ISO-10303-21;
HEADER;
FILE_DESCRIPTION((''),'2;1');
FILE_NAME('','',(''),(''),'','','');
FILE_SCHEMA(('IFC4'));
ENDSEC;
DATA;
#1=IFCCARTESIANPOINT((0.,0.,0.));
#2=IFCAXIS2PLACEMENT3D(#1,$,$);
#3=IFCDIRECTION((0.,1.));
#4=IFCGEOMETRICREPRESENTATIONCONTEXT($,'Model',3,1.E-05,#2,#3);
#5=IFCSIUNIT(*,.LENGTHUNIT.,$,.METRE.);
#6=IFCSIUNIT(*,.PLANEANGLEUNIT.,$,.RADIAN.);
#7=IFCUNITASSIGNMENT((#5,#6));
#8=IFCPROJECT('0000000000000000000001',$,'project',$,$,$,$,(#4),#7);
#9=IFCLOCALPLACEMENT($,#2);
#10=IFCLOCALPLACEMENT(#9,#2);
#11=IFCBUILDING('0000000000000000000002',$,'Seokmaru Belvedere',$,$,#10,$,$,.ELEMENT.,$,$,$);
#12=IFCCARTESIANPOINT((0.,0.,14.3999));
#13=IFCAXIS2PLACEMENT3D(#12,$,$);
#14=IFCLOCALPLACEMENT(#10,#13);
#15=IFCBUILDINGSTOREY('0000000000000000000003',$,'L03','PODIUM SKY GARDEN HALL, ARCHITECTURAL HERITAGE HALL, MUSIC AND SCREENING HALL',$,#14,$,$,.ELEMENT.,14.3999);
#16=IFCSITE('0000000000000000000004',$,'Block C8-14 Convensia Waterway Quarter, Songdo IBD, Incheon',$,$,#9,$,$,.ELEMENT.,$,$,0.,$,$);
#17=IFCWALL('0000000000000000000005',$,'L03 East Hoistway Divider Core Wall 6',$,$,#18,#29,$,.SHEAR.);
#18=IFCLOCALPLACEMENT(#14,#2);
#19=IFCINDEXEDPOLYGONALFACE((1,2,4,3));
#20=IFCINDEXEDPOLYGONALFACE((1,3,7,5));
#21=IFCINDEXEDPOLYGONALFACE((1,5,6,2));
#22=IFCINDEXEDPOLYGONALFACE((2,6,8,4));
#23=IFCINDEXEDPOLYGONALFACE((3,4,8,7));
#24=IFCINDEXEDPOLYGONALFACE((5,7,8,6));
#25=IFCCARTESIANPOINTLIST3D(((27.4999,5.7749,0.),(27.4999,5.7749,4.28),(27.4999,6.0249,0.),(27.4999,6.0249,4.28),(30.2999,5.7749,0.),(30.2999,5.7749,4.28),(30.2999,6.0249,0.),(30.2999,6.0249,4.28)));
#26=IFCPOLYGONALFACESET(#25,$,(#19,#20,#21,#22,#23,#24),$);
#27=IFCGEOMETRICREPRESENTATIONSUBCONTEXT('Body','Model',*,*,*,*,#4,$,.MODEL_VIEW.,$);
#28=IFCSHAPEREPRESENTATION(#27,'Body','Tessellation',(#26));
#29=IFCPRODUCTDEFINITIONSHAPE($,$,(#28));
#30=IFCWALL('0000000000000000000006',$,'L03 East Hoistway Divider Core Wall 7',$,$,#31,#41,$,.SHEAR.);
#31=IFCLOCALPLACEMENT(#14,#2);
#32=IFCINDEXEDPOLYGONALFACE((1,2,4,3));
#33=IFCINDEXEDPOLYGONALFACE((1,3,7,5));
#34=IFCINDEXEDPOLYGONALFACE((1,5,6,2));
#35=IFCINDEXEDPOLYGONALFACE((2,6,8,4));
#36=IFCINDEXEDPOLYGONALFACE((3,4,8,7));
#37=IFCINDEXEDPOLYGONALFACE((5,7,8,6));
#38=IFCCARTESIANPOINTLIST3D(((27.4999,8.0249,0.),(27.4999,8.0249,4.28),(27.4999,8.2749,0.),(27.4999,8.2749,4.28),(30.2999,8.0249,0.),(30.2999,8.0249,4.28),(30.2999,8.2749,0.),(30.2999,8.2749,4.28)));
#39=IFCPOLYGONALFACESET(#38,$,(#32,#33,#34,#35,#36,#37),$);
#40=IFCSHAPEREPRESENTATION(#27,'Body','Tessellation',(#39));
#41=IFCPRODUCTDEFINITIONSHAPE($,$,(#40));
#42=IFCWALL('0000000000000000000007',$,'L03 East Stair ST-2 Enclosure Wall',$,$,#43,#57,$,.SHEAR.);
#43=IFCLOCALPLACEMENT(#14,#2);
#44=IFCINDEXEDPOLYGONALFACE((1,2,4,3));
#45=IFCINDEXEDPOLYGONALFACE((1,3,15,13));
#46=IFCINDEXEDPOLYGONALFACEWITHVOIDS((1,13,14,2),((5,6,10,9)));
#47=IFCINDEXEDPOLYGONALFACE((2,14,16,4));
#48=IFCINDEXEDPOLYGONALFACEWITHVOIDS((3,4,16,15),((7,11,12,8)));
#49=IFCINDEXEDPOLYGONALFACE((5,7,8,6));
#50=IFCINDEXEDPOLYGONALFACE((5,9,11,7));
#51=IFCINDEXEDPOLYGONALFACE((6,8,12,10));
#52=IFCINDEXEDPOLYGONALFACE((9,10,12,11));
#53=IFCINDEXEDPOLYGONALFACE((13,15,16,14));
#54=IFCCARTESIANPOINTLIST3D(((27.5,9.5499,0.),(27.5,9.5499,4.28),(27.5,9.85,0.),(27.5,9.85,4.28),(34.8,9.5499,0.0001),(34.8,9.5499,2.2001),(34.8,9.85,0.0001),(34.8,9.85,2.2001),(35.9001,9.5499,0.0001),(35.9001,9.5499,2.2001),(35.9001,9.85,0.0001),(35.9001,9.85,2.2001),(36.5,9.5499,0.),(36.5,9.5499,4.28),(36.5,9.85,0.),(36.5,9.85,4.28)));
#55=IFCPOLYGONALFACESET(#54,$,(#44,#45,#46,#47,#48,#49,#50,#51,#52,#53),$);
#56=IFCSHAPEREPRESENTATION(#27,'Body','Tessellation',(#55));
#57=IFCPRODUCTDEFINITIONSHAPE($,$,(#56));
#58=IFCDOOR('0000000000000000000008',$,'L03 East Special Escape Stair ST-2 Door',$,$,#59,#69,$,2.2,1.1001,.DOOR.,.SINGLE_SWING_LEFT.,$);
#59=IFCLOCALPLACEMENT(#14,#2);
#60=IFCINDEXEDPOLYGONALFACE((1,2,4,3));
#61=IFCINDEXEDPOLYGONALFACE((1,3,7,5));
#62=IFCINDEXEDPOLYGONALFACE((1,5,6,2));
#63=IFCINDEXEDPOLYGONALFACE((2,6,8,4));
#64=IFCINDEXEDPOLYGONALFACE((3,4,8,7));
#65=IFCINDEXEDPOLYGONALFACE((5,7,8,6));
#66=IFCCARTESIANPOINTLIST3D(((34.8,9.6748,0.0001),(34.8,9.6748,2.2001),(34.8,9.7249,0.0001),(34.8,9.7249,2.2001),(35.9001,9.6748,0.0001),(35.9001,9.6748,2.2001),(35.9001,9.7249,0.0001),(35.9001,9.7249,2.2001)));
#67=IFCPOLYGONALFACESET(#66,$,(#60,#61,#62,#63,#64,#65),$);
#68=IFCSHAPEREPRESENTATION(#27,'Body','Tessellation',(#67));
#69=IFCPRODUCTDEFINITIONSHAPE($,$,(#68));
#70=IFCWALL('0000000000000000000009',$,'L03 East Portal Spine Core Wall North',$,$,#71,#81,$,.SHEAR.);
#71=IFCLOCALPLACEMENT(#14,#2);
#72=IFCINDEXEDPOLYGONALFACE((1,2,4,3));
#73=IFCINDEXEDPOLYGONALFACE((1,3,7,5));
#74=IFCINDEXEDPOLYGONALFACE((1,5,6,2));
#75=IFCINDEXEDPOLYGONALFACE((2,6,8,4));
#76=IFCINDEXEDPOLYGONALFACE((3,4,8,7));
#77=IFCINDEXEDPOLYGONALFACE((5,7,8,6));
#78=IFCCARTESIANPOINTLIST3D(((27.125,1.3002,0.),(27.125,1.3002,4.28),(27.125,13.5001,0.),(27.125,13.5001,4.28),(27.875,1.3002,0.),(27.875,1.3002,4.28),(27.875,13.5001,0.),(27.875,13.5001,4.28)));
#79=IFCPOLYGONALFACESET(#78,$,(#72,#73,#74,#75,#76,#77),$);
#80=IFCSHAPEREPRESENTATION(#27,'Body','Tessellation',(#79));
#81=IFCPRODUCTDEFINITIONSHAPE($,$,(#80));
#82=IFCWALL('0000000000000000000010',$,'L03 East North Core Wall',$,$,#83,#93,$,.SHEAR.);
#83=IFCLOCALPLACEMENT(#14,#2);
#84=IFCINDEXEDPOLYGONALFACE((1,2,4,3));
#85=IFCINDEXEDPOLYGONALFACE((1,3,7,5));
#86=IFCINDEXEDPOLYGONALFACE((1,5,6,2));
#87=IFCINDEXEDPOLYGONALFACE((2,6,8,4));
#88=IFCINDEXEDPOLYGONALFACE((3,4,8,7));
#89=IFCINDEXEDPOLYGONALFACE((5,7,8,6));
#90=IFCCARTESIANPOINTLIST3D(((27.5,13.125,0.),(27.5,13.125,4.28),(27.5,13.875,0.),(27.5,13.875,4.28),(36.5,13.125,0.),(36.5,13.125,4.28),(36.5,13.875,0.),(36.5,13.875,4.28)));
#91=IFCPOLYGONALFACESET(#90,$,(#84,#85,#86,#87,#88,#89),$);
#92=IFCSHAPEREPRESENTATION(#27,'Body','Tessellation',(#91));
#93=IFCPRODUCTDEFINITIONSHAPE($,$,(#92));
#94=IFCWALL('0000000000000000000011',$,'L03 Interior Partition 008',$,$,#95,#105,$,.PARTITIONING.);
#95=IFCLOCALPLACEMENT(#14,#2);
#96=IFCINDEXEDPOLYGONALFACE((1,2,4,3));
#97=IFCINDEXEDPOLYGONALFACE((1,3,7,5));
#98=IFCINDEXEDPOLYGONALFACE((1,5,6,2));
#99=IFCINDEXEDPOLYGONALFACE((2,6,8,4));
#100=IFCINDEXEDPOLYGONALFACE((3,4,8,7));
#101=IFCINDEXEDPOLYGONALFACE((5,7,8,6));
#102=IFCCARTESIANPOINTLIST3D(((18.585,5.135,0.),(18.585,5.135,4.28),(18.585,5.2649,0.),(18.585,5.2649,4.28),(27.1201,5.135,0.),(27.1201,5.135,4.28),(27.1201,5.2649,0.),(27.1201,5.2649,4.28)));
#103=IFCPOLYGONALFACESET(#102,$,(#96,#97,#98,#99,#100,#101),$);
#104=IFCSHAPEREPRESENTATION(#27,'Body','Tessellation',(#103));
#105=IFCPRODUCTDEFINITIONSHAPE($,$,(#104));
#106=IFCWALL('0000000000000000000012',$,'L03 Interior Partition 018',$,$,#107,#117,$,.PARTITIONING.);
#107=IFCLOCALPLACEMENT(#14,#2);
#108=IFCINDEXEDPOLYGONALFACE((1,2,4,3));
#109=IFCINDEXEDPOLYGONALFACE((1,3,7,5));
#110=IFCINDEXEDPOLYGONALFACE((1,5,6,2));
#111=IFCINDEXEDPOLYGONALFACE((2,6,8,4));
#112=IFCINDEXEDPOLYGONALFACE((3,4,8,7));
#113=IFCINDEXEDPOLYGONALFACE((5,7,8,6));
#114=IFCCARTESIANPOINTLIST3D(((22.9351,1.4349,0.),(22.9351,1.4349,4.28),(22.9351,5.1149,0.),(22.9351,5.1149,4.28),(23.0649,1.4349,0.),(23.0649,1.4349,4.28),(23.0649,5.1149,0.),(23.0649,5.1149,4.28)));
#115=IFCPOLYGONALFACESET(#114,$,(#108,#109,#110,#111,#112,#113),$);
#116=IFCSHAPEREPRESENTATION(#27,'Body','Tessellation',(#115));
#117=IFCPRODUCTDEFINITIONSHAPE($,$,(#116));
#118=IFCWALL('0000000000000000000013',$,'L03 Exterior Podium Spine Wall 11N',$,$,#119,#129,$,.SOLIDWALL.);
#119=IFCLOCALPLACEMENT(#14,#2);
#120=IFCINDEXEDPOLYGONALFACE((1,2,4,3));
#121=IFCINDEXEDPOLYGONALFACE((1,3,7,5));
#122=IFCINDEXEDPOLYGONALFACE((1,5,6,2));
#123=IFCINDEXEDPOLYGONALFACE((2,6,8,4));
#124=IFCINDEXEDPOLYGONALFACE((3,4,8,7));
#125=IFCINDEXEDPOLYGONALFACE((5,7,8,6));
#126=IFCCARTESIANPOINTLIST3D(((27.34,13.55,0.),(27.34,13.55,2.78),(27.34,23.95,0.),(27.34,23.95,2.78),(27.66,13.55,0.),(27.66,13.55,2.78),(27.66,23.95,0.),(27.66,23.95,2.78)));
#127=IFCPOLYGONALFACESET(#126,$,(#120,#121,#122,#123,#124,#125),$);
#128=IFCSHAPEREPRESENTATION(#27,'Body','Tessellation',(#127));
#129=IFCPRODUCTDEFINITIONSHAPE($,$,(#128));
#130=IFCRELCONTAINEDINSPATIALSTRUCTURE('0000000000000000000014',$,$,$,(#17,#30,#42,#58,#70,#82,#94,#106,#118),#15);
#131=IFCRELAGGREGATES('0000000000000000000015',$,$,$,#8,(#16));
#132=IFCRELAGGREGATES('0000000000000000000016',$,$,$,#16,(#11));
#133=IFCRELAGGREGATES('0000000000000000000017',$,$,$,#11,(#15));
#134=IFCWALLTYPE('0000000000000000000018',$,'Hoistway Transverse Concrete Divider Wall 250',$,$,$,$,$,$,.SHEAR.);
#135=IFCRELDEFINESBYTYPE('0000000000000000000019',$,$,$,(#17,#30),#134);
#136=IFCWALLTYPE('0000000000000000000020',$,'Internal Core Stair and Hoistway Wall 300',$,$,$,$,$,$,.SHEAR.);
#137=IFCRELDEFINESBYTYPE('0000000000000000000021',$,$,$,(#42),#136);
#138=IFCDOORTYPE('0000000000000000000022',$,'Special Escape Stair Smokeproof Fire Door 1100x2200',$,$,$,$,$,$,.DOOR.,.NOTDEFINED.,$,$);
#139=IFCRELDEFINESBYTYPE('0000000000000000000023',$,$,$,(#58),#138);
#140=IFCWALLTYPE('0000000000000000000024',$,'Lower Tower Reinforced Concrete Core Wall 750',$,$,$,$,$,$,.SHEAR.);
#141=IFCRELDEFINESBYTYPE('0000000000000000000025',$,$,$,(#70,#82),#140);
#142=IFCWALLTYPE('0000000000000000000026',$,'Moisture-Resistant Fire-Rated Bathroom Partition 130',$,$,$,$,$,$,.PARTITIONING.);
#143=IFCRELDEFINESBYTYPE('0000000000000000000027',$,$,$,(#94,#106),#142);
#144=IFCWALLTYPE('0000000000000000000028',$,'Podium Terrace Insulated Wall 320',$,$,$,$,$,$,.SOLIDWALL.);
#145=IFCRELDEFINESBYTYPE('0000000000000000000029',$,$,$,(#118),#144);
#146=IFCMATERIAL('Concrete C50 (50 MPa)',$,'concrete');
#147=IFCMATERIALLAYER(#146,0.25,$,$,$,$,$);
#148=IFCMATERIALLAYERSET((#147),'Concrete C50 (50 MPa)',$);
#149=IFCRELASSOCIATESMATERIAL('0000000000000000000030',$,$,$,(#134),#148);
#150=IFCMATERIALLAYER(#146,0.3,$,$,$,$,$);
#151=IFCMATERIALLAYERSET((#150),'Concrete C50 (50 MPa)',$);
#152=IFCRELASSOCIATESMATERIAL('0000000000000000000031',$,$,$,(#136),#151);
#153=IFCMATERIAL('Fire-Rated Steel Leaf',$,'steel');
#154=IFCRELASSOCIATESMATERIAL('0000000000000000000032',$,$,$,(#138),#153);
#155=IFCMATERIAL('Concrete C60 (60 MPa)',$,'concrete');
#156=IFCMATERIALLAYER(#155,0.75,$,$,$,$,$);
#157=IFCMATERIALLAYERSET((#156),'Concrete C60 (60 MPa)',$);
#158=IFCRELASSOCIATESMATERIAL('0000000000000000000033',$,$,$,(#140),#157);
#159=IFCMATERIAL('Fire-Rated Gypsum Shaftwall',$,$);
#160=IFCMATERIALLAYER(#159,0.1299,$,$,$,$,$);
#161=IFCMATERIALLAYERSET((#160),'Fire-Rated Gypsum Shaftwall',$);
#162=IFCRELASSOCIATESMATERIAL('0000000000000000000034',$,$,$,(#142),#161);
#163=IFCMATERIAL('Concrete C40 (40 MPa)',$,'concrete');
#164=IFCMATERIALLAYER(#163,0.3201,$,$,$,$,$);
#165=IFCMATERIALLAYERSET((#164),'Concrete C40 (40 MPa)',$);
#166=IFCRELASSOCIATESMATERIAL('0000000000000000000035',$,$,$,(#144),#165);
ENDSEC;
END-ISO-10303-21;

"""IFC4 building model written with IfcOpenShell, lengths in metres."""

from ifc_helpers import new_model, si_unit, direction, frame, frame_2d, origin, place, context, subcontext, project, spatial, rectangle, extrude, source, transform, mapped, material, layer, layer_set, type_object, type_shapes, element, fill, save


model = new_model("IFC4")

# Units and contexts
model_context = context("Model", 3, precision=1e-05, world=origin(), true_north=direction((0.0, 1.0)))
body_context = subcontext(model_context, "Body", "Model", "MODEL_VIEW")
ifc_project = project(units=[si_unit("LENGTHUNIT", "METRE"), si_unit("PLANEANGLEUNIT", "RADIAN")], contexts=[model_context])

# Site, building, storey
site_placement = place(None, origin())
site = spatial("IfcSite", under=ifc_project, at=site_placement, Name="Block C8-14 Convensia Waterway Quarter, Songdo IBD, Incheon", CompositionType="ELEMENT", RefElevation=0.0)
building_placement = place(site_placement, origin())
building = spatial("IfcBuilding", under=site, at=building_placement, Name="Seokmaru Belvedere", CompositionType="ELEMENT")
storey_placement = place(building_placement, frame((0.0, 0.0, 14.3999)))
storey = spatial("IfcBuildingStorey", under=building, at=storey_placement, Name="L03", Description="PODIUM SKY GARDEN HALL, ARCHITECTURAL HERITAGE HALL, MUSIC AND SCREENING HALL", CompositionType="ELEMENT", Elevation=14.3999)

# Walls
ifc_material_1 = material(Name="Concrete C50 (50 MPa)", Category="concrete")
ifc_layer_1 = layer(ifc_material_1, 0.25)
ifc_layer_set_1 = layer_set([ifc_layer_1], Name="Concrete C50 (50 MPa)")
wall_type_1 = type_object("IfcWallType", Name="Hoistway Transverse Concrete Divider Wall 250", PredefinedType="SHEAR", material=ifc_layer_set_1)
for number, where, z_axis, x_axis, name in (
    (1, (27.5, 5.8999, 0.0), (0.0, 0.0, 1.0), (1.0, 0.0, 0.0), "L03 East Hoistway Divider Core Wall 6"),
    (2, (27.5, 8.1499, 0.0), (0.0, 0.0, 1.0), (1.0, 0.0, 0.0), "L03 East Hoistway Divider Core Wall 7"),
):
    element("IfcWall", number, at=place(storey_placement, frame(where, z_axis=z_axis, x_axis=x_axis)), inside=storey, type_object=wall_type_1, Name=name, PredefinedType="SHEAR", context=body_context, shape_type="SweptSolid", body=[
        extrude(rectangle(XDim=2.8, YDim=0.25, at=frame_2d((1.3999, 0.0))), origin(), (0.0, 0.0, 1.0), 4.28),
    ])

# Wall, opening, door
ifc_layer_2 = layer(ifc_material_1, 0.3)
ifc_layer_set_2 = layer_set([ifc_layer_2], Name="Concrete C50 (50 MPa)")
wall_type_2 = type_object("IfcWallType", Name="Internal Core Stair and Hoistway Wall 300", PredefinedType="SHEAR", material=ifc_layer_set_2)
wall_1_placement = place(storey_placement, frame((27.5, 9.7, 0.0), z_axis=(0.0, 0.0, 1.0), x_axis=(1.0, 0.0, 0.0)))
wall_1 = element("IfcWall", 3, at=wall_1_placement, inside=storey, type_object=wall_type_2, Name="L03 East Stair ST-2 Enclosure Wall", PredefinedType="SHEAR", context=body_context, shape_type="SweptSolid", body=[
    extrude(rectangle(XDim=9.0, YDim=0.3, at=frame_2d((4.5, 0.0))), origin(), (0.0, 0.0, 1.0), 4.28),
])
opening_1_placement = place(wall_1_placement, frame((7.3, 0.0, 0.0)))
opening_1 = element("IfcOpeningElement", 4, at=opening_1_placement, cuts=wall_1, PredefinedType="OPENING", context=body_context, shape_type="SweptSolid", body=[
    extrude(rectangle(XDim=1.1001, YDim=2.2, at=frame_2d((0.55, 1.1001))), frame((0.0, 0.1602, 0.0), z_axis=(0.0, -1.0, 0.0), x_axis=(1.0, 0.0, 0.0)), (0.0, 0.0, 1.0), 0.3201),
])
ifc_material_2 = material(Name="Fire-Rated Steel Leaf", Category="steel")
door_type_1 = type_object("IfcDoorType", Name="Special Escape Stair Smokeproof Fire Door 1100x2200", OperationType="NOTDEFINED", PredefinedType="DOOR", material=ifc_material_2)
shared_shape_1 = source(origin(), body_context, "Body", "SweptSolid", [
    extrude(rectangle(XDim=1.1001, YDim=2.2, at=frame_2d((0.55, 1.1001))), frame((0.0, 0.0249, 0.0), z_axis=(0.0, -1.0, 0.0), x_axis=(1.0, 0.0, 0.0)), (0.0, 0.0, 1.0), 0.05),
])
type_shapes(door_type_1, [shared_shape_1])
door_1_placement = place(opening_1_placement, origin())
door_1 = element("IfcDoor", 5, at=door_1_placement, inside=storey, type_object=door_type_1, Name="L03 East Special Escape Stair ST-2 Door", OperationType="SINGLE_SWING_LEFT", OverallHeight=2.2, OverallWidth=1.1001, PredefinedType="DOOR", context=body_context, shape_type="MappedRepresentation", body=[
    mapped(shared_shape_1, transform((0.0, 0.0, 0.0), scale=1.0)),
])
fill(opening_1, door_1)

# Walls
ifc_material_3 = material(Name="Concrete C60 (60 MPa)", Category="concrete")
ifc_layer_3 = layer(ifc_material_3, 0.75)
ifc_layer_set_3 = layer_set([ifc_layer_3], Name="Concrete C60 (60 MPa)")
wall_type_3 = type_object("IfcWallType", Name="Lower Tower Reinforced Concrete Core Wall 750", PredefinedType="SHEAR", material=ifc_layer_set_3)
wall_2_placement = place(storey_placement, frame((27.5, 1.3, 0.0), z_axis=(0.0, 0.0, 1.0), x_axis=(0.0, 1.0, 0.0)))
element("IfcWall", 6, at=wall_2_placement, inside=storey, type_object=wall_type_3, Name="L03 East Portal Spine Core Wall North", PredefinedType="SHEAR", context=body_context, shape_type="SweptSolid", body=[
    extrude(rectangle(XDim=12.2, YDim=0.75, at=frame_2d((6.1001, 0.0))), origin(), (0.0, 0.0, 1.0), 4.28),
])
wall_3_placement = place(storey_placement, frame((27.5, 13.5, 0.0), z_axis=(0.0, 0.0, 1.0), x_axis=(1.0, 0.0, 0.0)))
element("IfcWall", 7, at=wall_3_placement, inside=storey, type_object=wall_type_3, Name="L03 East North Core Wall", PredefinedType="SHEAR", context=body_context, shape_type="SweptSolid", body=[
    extrude(rectangle(XDim=9.0, YDim=0.75, at=frame_2d((4.5, 0.0))), origin(), (0.0, 0.0, 1.0), 4.28),
])
ifc_material_4 = material(Name="Fire-Rated Gypsum Shaftwall")
ifc_layer_4 = layer(ifc_material_4, 0.1299)
ifc_layer_set_4 = layer_set([ifc_layer_4], Name="Fire-Rated Gypsum Shaftwall")
wall_type_4 = type_object("IfcWallType", Name="Moisture-Resistant Fire-Rated Bathroom Partition 130", PredefinedType="PARTITIONING", material=ifc_layer_set_4)
wall_4_placement = place(storey_placement, frame((18.585, 5.2, 0.0), z_axis=(0.0, 0.0, 1.0), x_axis=(1.0, 0.0, 0.0)))
element("IfcWall", 8, at=wall_4_placement, inside=storey, type_object=wall_type_4, Name="L03 Interior Partition 008", PredefinedType="PARTITIONING", context=body_context, shape_type="SweptSolid", body=[
    extrude(rectangle(XDim=8.5352, YDim=0.1299, at=frame_2d((4.2676, 0.0))), origin(), (0.0, 0.0, 1.0), 4.28),
])
wall_5_placement = place(storey_placement, frame((23.0, 1.4351, 0.0), z_axis=(0.0, 0.0, 1.0), x_axis=(0.0, 1.0, 0.0)))
element("IfcWall", 9, at=wall_5_placement, inside=storey, type_object=wall_type_4, Name="L03 Interior Partition 018", PredefinedType="PARTITIONING", context=body_context, shape_type="SweptSolid", body=[
    extrude(rectangle(XDim=3.6799, YDim=0.1299, at=frame_2d((1.8398, 0.0))), origin(), (0.0, 0.0, 1.0), 4.28),
])
ifc_material_5 = material(Name="Concrete C40 (40 MPa)", Category="concrete")
ifc_layer_5 = layer(ifc_material_5, 0.3201)
ifc_layer_set_5 = layer_set([ifc_layer_5], Name="Concrete C40 (40 MPa)")
wall_type_5 = type_object("IfcWallType", Name="Podium Terrace Insulated Wall 320", PredefinedType="SOLIDWALL", material=ifc_layer_set_5)
wall_6_placement = place(storey_placement, frame((27.5, 13.55, 0.0), z_axis=(0.0, 0.0, 1.0), x_axis=(0.0, 1.0, 0.0)))
element("IfcWall", 10, at=wall_6_placement, inside=storey, type_object=wall_type_5, Name="L03 Exterior Podium Spine Wall 11N", PredefinedType="SOLIDWALL", context=body_context, shape_type="SweptSolid", body=[
    extrude(rectangle(XDim=10.3999, YDim=0.3201, at=frame_2d((5.2, 0.0))), origin(), (0.0, 0.0, 1.0), 2.78),
])

save(model, "model.ifc")
